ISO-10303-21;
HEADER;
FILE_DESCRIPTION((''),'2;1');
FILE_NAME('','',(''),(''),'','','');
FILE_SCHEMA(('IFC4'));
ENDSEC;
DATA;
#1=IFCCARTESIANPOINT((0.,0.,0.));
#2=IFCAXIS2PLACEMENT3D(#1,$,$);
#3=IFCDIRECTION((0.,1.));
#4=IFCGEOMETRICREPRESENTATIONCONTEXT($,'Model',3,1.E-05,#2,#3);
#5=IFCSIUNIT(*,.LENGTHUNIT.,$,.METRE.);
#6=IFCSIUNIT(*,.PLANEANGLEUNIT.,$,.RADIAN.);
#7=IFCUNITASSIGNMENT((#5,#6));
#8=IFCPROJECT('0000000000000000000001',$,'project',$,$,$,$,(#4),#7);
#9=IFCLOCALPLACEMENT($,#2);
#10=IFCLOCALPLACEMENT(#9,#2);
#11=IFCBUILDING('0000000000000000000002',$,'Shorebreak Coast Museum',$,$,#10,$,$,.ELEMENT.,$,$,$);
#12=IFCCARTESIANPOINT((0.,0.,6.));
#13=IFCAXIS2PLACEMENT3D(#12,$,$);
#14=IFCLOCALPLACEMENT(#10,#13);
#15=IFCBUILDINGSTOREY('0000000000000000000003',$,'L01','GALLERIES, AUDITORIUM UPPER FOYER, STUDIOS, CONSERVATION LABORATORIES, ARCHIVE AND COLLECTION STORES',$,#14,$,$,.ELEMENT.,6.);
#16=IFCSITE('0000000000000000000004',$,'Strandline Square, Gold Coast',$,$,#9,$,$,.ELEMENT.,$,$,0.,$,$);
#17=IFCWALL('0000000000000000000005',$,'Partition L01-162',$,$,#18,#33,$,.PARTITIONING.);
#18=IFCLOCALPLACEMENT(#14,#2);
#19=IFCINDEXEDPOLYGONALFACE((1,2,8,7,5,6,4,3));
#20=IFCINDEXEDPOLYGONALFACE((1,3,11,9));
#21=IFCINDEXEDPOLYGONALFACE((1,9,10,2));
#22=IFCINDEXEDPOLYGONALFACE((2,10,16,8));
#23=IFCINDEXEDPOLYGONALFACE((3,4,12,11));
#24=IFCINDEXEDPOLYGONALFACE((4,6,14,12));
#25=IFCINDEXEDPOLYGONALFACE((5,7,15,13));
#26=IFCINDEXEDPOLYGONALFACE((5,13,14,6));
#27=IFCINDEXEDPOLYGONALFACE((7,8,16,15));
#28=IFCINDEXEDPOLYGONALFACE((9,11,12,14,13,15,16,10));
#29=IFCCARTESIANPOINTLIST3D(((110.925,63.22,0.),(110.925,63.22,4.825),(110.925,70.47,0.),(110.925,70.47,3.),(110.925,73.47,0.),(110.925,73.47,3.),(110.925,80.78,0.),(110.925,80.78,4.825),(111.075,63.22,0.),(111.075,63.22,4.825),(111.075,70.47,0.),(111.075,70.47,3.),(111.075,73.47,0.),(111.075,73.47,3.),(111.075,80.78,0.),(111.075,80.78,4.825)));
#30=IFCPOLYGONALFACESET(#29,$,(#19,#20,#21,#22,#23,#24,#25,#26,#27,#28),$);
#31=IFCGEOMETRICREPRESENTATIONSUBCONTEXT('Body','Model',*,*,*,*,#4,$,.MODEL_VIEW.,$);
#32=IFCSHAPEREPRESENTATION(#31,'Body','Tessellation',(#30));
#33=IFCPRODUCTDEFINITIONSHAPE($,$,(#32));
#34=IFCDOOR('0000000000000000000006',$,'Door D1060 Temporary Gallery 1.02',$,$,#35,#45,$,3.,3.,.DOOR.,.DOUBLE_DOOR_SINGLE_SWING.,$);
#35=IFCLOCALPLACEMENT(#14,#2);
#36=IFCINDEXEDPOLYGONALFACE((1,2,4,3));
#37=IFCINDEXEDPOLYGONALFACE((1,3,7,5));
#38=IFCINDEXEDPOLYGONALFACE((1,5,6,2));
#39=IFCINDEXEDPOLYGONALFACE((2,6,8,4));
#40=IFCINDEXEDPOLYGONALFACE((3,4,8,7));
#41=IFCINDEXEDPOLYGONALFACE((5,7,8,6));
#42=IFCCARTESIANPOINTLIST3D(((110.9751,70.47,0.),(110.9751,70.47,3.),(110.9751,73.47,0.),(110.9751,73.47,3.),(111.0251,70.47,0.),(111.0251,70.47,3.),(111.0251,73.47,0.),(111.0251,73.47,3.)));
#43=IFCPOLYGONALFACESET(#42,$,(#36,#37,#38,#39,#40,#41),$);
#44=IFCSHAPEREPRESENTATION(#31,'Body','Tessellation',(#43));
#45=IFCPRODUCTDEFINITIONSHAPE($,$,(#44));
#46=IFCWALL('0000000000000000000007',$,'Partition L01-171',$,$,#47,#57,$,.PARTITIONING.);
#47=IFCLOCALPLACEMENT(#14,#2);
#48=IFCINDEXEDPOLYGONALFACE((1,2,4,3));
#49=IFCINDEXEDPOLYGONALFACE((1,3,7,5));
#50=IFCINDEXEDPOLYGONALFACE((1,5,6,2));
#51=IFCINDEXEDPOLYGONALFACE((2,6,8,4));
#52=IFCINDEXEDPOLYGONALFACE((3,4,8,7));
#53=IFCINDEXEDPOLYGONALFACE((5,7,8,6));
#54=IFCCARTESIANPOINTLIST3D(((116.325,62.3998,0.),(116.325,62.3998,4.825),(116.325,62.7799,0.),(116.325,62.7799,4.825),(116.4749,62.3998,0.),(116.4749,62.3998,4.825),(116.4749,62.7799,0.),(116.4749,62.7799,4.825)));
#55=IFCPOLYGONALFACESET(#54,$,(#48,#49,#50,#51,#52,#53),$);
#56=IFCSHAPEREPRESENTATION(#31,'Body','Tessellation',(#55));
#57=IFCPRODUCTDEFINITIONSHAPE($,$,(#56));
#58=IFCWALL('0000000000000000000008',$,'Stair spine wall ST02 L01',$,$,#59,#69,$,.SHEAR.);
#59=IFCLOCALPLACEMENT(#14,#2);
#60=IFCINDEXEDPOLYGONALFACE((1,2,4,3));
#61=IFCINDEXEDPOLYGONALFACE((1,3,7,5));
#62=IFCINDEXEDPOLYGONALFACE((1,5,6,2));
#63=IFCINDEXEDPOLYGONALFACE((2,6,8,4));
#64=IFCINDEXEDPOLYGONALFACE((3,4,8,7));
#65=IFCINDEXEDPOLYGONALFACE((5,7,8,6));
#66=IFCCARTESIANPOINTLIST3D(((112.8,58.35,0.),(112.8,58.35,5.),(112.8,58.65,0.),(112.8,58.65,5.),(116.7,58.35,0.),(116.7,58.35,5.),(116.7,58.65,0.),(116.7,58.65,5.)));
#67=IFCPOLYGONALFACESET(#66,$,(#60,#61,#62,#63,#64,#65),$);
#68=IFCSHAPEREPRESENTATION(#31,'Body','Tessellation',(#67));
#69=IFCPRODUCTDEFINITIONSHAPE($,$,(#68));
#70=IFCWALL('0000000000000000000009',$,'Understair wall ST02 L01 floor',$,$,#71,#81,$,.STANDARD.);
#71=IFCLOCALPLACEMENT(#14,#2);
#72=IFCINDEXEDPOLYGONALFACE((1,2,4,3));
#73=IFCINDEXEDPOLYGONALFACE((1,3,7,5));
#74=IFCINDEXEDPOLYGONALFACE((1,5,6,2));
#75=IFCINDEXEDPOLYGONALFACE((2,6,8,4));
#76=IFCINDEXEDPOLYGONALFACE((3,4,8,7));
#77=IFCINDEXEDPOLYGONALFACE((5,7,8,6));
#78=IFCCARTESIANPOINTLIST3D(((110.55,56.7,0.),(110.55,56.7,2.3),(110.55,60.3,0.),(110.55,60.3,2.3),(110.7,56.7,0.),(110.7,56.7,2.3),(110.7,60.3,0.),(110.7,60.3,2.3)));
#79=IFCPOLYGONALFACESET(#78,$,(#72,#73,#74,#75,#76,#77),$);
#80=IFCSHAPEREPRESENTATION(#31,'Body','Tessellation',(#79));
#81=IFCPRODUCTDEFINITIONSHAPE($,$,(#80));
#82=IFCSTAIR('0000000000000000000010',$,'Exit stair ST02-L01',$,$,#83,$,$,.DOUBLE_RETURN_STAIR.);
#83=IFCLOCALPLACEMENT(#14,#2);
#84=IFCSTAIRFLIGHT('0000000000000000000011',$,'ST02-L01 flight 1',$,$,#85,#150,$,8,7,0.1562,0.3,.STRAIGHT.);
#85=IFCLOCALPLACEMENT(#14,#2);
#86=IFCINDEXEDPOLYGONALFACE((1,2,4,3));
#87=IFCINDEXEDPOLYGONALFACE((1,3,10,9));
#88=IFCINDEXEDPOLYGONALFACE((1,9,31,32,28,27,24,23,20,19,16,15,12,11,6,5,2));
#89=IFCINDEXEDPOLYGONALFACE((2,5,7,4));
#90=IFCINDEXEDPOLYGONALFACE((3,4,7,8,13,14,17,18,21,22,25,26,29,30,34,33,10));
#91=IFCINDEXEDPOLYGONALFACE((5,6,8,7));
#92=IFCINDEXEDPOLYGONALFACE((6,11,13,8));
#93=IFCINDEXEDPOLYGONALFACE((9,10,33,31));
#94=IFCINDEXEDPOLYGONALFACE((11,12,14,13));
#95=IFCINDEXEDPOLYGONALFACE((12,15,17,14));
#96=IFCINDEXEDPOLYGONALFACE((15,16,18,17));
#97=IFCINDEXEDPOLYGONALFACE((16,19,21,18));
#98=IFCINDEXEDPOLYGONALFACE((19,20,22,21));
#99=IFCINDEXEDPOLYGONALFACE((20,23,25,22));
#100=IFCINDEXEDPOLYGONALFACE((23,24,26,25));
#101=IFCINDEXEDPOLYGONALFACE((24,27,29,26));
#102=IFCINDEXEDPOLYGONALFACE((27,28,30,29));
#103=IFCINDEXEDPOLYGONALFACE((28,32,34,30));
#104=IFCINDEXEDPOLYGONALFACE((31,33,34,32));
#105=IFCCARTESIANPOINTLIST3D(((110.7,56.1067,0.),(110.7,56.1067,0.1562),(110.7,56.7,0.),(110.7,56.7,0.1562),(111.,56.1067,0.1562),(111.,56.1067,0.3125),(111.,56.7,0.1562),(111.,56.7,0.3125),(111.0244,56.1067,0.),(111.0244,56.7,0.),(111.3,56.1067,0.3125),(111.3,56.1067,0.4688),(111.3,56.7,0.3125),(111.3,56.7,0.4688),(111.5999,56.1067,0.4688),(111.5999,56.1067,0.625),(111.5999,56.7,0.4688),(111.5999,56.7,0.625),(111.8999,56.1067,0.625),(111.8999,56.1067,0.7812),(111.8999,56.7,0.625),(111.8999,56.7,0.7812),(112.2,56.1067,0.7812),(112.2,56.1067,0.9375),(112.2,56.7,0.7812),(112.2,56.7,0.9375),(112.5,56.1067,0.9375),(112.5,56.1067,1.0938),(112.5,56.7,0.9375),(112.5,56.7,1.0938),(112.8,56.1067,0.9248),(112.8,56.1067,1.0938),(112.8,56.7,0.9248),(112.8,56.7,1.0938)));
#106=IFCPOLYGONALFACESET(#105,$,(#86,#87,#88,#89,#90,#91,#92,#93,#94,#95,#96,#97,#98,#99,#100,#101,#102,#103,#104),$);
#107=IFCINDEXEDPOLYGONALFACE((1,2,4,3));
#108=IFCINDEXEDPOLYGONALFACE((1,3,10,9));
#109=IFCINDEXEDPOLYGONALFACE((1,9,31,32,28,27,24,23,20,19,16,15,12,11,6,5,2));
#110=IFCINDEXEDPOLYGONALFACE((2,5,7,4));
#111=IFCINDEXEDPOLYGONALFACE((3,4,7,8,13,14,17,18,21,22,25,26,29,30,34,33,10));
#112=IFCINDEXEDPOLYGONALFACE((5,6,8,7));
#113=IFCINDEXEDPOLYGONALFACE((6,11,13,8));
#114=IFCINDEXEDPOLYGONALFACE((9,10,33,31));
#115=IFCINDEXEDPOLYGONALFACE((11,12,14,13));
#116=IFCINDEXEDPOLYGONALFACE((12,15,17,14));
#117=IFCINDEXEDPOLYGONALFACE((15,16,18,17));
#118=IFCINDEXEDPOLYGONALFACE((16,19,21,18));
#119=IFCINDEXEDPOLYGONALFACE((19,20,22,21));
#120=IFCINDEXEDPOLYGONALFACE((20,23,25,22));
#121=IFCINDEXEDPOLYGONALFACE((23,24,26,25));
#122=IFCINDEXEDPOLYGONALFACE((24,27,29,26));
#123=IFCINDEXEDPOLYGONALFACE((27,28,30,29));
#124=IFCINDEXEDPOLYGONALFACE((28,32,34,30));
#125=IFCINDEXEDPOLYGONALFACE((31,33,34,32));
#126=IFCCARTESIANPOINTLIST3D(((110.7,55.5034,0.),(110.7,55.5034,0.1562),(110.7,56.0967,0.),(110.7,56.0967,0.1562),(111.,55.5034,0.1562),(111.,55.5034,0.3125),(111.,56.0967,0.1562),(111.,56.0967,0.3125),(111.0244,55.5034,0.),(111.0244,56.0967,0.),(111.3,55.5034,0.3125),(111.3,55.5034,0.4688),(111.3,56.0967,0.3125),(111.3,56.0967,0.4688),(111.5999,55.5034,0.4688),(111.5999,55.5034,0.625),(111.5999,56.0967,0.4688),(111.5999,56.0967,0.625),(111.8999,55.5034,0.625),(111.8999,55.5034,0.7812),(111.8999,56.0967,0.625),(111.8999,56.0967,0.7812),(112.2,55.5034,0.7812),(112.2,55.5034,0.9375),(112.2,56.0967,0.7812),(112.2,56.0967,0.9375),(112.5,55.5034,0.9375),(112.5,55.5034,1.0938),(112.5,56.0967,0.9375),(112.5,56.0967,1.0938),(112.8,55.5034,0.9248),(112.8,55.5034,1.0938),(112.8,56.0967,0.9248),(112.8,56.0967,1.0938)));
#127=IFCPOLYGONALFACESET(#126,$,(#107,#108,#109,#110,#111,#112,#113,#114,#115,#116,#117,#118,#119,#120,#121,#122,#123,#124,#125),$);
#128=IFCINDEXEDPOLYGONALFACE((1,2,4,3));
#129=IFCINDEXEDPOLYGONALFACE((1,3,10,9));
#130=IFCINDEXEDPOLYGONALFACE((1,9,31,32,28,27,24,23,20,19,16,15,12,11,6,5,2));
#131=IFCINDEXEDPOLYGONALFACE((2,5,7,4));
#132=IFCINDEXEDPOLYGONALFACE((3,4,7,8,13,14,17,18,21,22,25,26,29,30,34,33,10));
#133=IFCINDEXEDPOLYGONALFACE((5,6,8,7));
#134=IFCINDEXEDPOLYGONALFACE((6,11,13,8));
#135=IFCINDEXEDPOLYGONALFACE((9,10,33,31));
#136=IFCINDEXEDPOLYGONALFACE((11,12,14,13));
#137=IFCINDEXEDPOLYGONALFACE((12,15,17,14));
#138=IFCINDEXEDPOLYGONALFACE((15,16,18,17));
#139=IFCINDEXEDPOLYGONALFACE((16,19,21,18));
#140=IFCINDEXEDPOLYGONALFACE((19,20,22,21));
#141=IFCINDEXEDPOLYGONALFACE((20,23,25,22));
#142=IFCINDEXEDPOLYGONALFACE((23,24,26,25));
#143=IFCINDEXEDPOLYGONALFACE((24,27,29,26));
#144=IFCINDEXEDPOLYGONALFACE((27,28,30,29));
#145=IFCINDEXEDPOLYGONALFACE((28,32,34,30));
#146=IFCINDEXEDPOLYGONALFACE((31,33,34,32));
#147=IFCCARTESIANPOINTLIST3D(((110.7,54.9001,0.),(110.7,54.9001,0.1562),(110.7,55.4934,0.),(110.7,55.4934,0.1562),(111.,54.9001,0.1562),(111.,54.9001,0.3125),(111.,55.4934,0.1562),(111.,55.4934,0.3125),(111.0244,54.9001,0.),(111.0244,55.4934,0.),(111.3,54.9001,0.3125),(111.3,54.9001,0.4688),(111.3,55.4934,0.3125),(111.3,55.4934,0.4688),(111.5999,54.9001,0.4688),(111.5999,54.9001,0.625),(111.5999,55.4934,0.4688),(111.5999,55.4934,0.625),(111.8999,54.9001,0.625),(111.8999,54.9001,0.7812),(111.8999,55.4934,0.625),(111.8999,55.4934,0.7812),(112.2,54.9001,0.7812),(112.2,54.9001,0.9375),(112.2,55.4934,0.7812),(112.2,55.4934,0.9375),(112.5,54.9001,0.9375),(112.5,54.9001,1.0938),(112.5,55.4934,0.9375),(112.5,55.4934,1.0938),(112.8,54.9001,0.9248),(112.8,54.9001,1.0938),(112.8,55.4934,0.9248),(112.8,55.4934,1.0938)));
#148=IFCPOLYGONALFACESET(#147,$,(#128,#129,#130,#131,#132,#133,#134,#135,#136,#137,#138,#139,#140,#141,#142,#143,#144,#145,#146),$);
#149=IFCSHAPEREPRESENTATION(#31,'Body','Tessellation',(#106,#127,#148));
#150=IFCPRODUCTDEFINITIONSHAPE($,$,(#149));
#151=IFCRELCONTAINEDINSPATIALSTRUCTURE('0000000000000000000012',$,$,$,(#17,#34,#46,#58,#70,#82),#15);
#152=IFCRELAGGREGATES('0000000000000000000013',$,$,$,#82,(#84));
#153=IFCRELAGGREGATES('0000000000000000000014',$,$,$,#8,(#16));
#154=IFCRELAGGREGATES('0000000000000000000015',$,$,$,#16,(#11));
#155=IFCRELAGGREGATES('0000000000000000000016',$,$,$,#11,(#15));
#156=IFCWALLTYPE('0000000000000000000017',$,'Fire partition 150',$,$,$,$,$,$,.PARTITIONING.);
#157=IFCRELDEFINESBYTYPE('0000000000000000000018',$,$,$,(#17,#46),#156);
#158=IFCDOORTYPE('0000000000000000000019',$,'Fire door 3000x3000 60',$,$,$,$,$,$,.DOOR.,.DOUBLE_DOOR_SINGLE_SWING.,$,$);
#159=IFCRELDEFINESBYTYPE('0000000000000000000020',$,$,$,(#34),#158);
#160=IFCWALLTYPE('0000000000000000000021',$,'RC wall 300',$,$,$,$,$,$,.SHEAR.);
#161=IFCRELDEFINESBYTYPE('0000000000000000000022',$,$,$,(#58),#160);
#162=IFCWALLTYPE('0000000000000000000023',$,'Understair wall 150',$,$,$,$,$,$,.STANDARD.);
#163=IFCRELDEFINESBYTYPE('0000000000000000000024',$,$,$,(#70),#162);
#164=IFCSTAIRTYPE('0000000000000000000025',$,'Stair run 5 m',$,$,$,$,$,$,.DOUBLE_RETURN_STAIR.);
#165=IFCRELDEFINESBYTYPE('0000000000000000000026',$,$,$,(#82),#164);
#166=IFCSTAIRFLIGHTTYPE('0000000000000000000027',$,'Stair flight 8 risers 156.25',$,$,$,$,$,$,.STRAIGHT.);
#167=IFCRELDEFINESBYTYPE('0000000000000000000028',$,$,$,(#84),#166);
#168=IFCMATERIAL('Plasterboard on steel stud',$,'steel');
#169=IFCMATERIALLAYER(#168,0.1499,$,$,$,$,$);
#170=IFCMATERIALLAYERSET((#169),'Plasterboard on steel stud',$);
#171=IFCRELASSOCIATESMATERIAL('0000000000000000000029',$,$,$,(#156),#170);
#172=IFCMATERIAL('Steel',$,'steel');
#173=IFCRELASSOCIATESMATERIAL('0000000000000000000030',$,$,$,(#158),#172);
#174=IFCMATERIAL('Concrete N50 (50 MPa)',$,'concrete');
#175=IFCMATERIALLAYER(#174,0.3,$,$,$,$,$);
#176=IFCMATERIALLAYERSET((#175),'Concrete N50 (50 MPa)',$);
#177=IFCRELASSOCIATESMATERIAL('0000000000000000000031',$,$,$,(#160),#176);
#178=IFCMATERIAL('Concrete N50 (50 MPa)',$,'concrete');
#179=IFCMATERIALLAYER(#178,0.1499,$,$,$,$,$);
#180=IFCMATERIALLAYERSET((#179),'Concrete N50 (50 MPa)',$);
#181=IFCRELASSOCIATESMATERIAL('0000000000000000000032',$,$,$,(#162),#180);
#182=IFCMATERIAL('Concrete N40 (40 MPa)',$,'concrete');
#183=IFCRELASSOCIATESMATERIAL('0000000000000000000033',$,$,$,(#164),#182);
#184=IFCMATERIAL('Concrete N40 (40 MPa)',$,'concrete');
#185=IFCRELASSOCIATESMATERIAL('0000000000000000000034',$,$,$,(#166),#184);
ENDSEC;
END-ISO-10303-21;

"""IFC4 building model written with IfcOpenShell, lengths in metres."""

from ifc_helpers import new_model, si_unit, direction, frame, frame_2d, origin, place, context, subcontext, project, spatial, polyline, rectangle, outline, extrude, material, layer, layer_set, type_object, element, fill, aggregate, save


model = new_model("IFC4")

# Units and contexts
model_context = context("Model", 3, precision=1e-05, world=origin(), true_north=direction((0.0, 1.0)))
body_context = subcontext(model_context, "Body", "Model", "MODEL_VIEW")
ifc_project = project(units=[si_unit("LENGTHUNIT", "METRE"), si_unit("PLANEANGLEUNIT", "RADIAN")], contexts=[model_context])

# Site, building, storey
site_placement = place(None, origin())
site = spatial("IfcSite", under=ifc_project, at=site_placement, Name="Strandline Square, Gold Coast", CompositionType="ELEMENT", RefElevation=0.0)
building_placement = place(site_placement, origin())
building = spatial("IfcBuilding", under=site, at=building_placement, Name="Shorebreak Coast Museum", CompositionType="ELEMENT")
storey_placement = place(building_placement, frame((0.0, 0.0, 6.0)))
storey = spatial("IfcBuildingStorey", under=building, at=storey_placement, Name="L01", Description="GALLERIES, AUDITORIUM UPPER FOYER, STUDIOS, CONSERVATION LABORATORIES, ARCHIVE AND COLLECTION STORES", CompositionType="ELEMENT", Elevation=6.0)

# Shared definitions
ifc_material_1 = material(Name="Plasterboard on steel stud", Category="steel")
ifc_layer_1 = layer(ifc_material_1, 0.1499)
ifc_layer_set_1 = layer_set([ifc_layer_1], Name="Plasterboard on steel stud")
wall_type_1 = type_object("IfcWallType", Name="Fire partition 150", PredefinedType="PARTITIONING", material=ifc_layer_set_1)
ifc_material_2 = material(Name="Steel", Category="steel")
door_type = type_object("IfcDoorType", Name="Fire door 3000x3000 60", OperationType="DOUBLE_DOOR_SINGLE_SWING", PredefinedType="DOOR", material=ifc_material_2)

# Wall, opening, door
wall_1_placement = place(storey_placement, frame((111.0, 63.22, 0.0), z_axis=(0.0, 0.0, 1.0), x_axis=(0.0, 1.0, 0.0)))
wall_1 = element("IfcWall", 1, at=wall_1_placement, inside=storey, type_object=wall_type_1, Name="Partition L01-162", PredefinedType="PARTITIONING", context=body_context, shape_type="SweptSolid", body=[
    extrude(rectangle(XDim=17.5601, YDim=0.1499, at=frame_2d((8.78, 0.0))), origin(), (0.0, 0.0, 1.0), 4.825),
])
opening_1_placement = place(wall_1_placement, frame((7.25, 0.0, 0.0)))
opening_1 = element("IfcOpeningElement", 2, at=opening_1_placement, cuts=wall_1, PredefinedType="OPENING", context=body_context, shape_type="SweptSolid", body=[
    extrude(rectangle(XDim=3.0, YDim=3.0, at=frame_2d((1.5, 1.5))), frame((0.0, 0.085, 0.0), z_axis=(0.0, -1.0, 0.0), x_axis=(1.0, 0.0, 0.0)), (0.0, 0.0, 1.0), 0.1699),
])
door_1_placement = place(opening_1_placement, origin())
door_1 = element("IfcDoor", 3, at=door_1_placement, inside=storey, type_object=door_type, Name="Door D1060 Temporary Gallery 1.02", OperationType="DOUBLE_DOOR_SINGLE_SWING", OverallHeight=3.0, OverallWidth=3.0, PredefinedType="DOOR", context=body_context, shape_type="SweptSolid", body=[
    extrude(rectangle(XDim=3.0, YDim=3.0, at=frame_2d((1.5, 1.5))), frame((0.0, 0.0249, 0.0), z_axis=(0.0, -1.0, 0.0), x_axis=(1.0, 0.0, 0.0)), (0.0, 0.0, 1.0), 0.05),
])
fill(opening_1, door_1)

# Walls
wall_2_placement = place(storey_placement, frame((116.3999, 62.3999, 0.0), z_axis=(0.0, 0.0, 1.0), x_axis=(0.0, 1.0, 0.0)))
element("IfcWall", 4, at=wall_2_placement, inside=storey, type_object=wall_type_1, Name="Partition L01-171", PredefinedType="PARTITIONING", context=body_context, shape_type="SweptSolid", body=[
    extrude(rectangle(XDim=0.3801, YDim=0.1499, at=frame_2d((0.1899, 0.0))), origin(), (0.0, 0.0, 1.0), 4.825),
])
ifc_material_3 = material(Name="Concrete N50 (50 MPa)", Category="concrete")
ifc_layer_2 = layer(ifc_material_3, 0.3)
ifc_layer_set_2 = layer_set([ifc_layer_2], Name="Concrete N50 (50 MPa)")
wall_type_2 = type_object("IfcWallType", Name="RC wall 300", PredefinedType="SHEAR", material=ifc_layer_set_2)
wall_3_placement = place(storey_placement, frame((112.8, 58.5, 0.0), z_axis=(0.0, 0.0, 1.0), x_axis=(1.0, 0.0, 0.0)))
element("IfcWall", 5, at=wall_3_placement, inside=storey, type_object=wall_type_2, Name="Stair spine wall ST02 L01", PredefinedType="SHEAR", context=body_context, shape_type="SweptSolid", body=[
    extrude(rectangle(XDim=3.8999, YDim=0.3, at=frame_2d((1.95, 0.0))), origin(), (0.0, 0.0, 1.0), 5.0),
])
ifc_material_4 = material(Name="Concrete N50 (50 MPa)", Category="concrete")
ifc_layer_3 = layer(ifc_material_4, 0.1499)
ifc_layer_set_3 = layer_set([ifc_layer_3], Name="Concrete N50 (50 MPa)")
wall_type_3 = type_object("IfcWallType", Name="Understair wall 150", PredefinedType="STANDARD", material=ifc_layer_set_3)
wall_4_placement = place(storey_placement, frame((110.625, 56.7, 0.0), z_axis=(0.0, 0.0, 1.0), x_axis=(0.0, 1.0, 0.0)))
element("IfcWall", 6, at=wall_4_placement, inside=storey, type_object=wall_type_3, Name="Understair wall ST02 L01 floor", PredefinedType="STANDARD", context=body_context, shape_type="SweptSolid", body=[
    extrude(rectangle(XDim=3.6001, YDim=0.1499, at=frame_2d((1.8, 0.0))), origin(), (0.0, 0.0, 1.0), 2.3),
])

# Stair, stair flight
ifc_material_5 = material(Name="Concrete N40 (40 MPa)", Category="concrete")
stair_type = type_object("IfcStairType", Name="Stair run 5 m", PredefinedType="DOUBLE_RETURN_STAIR", material=ifc_material_5)
stair_placement = place(storey_placement, origin())
stair = element("IfcStair", 7, at=stair_placement, inside=storey, type_object=stair_type, Name="Exit stair ST02-L01", PredefinedType="DOUBLE_RETURN_STAIR")
ifc_material_6 = material(Name="Concrete N40 (40 MPa)", Category="concrete")
stair_flight_type = type_object("IfcStairFlightType", Name="Stair flight 8 risers 156.25", PredefinedType="STRAIGHT", material=ifc_material_6)
stair_flight_1_placement = place(storey_placement, frame((110.7, 55.8, 0.0), z_axis=(0.0, 0.0, 1.0), x_axis=(1.0, 0.0, 0.0)))
stair_flight_1 = element("IfcStairFlight", 8, at=stair_flight_1_placement, type_object=stair_flight_type, Name="ST02-L01 flight 1", NumberOfRisers=8, NumberOfTreads=7, PredefinedType="STRAIGHT", RiserHeight=0.1562, TreadLength=0.3, context=body_context, shape_type="SweptSolid", body=[
    extrude(outline(polyline([(0.0, 0.0), (0.0, 0.1562), (0.3, 0.1562), (0.3, 0.3125), (0.6001, 0.3125), (0.6001, 0.4688), (0.8999, 0.4688), (0.8999, 0.625), (1.2, 0.625), (1.2, 0.7812), (1.5, 0.7812), (1.5, 0.9375), (1.8, 0.9375), (1.8, 1.0938), (2.1001, 1.0938), (2.1001, 1.25), (2.1001, 0.9248), (0.3245, 0.0), (0.0, 0.0)])), frame((0.0, 0.8999, 0.0), z_axis=(0.0, -1.0, 0.0), x_axis=(1.0, 0.0, 0.0)), (0.0, 0.0, 1.0), 0.5933),
    extrude(outline(polyline([(0.0, 0.0), (0.0, 0.1562), (0.3, 0.1562), (0.3, 0.3125), (0.6001, 0.3125), (0.6001, 0.4688), (0.8999, 0.4688), (0.8999, 0.625), (1.2, 0.625), (1.2, 0.7812), (1.5, 0.7812), (1.5, 0.9375), (1.8, 0.9375), (1.8, 1.0938), (2.1001, 1.0938), (2.1001, 1.25), (2.1001, 0.9248), (0.3245, 0.0), (0.0, 0.0)])), frame((0.0, 0.2966, 0.0), z_axis=(0.0, -1.0, 0.0), x_axis=(1.0, 0.0, 0.0)), (0.0, 0.0, 1.0), 0.5933),
    extrude(outline(polyline([(0.0, 0.0), (0.0, 0.1562), (0.3, 0.1562), (0.3, 0.3125), (0.6001, 0.3125), (0.6001, 0.4688), (0.8999, 0.4688), (0.8999, 0.625), (1.2, 0.625), (1.2, 0.7812), (1.5, 0.7812), (1.5, 0.9375), (1.8, 0.9375), (1.8, 1.0938), (2.1001, 1.0938), (2.1001, 1.25), (2.1001, 0.9248), (0.3245, 0.0), (0.0, 0.0)])), frame((0.0, -0.3066, 0.0), z_axis=(0.0, -1.0, 0.0), x_axis=(1.0, 0.0, 0.0)), (0.0, 0.0, 1.0), 0.5933),
])
aggregate(stair, [stair_flight_1])

save(model, "model.ifc")
